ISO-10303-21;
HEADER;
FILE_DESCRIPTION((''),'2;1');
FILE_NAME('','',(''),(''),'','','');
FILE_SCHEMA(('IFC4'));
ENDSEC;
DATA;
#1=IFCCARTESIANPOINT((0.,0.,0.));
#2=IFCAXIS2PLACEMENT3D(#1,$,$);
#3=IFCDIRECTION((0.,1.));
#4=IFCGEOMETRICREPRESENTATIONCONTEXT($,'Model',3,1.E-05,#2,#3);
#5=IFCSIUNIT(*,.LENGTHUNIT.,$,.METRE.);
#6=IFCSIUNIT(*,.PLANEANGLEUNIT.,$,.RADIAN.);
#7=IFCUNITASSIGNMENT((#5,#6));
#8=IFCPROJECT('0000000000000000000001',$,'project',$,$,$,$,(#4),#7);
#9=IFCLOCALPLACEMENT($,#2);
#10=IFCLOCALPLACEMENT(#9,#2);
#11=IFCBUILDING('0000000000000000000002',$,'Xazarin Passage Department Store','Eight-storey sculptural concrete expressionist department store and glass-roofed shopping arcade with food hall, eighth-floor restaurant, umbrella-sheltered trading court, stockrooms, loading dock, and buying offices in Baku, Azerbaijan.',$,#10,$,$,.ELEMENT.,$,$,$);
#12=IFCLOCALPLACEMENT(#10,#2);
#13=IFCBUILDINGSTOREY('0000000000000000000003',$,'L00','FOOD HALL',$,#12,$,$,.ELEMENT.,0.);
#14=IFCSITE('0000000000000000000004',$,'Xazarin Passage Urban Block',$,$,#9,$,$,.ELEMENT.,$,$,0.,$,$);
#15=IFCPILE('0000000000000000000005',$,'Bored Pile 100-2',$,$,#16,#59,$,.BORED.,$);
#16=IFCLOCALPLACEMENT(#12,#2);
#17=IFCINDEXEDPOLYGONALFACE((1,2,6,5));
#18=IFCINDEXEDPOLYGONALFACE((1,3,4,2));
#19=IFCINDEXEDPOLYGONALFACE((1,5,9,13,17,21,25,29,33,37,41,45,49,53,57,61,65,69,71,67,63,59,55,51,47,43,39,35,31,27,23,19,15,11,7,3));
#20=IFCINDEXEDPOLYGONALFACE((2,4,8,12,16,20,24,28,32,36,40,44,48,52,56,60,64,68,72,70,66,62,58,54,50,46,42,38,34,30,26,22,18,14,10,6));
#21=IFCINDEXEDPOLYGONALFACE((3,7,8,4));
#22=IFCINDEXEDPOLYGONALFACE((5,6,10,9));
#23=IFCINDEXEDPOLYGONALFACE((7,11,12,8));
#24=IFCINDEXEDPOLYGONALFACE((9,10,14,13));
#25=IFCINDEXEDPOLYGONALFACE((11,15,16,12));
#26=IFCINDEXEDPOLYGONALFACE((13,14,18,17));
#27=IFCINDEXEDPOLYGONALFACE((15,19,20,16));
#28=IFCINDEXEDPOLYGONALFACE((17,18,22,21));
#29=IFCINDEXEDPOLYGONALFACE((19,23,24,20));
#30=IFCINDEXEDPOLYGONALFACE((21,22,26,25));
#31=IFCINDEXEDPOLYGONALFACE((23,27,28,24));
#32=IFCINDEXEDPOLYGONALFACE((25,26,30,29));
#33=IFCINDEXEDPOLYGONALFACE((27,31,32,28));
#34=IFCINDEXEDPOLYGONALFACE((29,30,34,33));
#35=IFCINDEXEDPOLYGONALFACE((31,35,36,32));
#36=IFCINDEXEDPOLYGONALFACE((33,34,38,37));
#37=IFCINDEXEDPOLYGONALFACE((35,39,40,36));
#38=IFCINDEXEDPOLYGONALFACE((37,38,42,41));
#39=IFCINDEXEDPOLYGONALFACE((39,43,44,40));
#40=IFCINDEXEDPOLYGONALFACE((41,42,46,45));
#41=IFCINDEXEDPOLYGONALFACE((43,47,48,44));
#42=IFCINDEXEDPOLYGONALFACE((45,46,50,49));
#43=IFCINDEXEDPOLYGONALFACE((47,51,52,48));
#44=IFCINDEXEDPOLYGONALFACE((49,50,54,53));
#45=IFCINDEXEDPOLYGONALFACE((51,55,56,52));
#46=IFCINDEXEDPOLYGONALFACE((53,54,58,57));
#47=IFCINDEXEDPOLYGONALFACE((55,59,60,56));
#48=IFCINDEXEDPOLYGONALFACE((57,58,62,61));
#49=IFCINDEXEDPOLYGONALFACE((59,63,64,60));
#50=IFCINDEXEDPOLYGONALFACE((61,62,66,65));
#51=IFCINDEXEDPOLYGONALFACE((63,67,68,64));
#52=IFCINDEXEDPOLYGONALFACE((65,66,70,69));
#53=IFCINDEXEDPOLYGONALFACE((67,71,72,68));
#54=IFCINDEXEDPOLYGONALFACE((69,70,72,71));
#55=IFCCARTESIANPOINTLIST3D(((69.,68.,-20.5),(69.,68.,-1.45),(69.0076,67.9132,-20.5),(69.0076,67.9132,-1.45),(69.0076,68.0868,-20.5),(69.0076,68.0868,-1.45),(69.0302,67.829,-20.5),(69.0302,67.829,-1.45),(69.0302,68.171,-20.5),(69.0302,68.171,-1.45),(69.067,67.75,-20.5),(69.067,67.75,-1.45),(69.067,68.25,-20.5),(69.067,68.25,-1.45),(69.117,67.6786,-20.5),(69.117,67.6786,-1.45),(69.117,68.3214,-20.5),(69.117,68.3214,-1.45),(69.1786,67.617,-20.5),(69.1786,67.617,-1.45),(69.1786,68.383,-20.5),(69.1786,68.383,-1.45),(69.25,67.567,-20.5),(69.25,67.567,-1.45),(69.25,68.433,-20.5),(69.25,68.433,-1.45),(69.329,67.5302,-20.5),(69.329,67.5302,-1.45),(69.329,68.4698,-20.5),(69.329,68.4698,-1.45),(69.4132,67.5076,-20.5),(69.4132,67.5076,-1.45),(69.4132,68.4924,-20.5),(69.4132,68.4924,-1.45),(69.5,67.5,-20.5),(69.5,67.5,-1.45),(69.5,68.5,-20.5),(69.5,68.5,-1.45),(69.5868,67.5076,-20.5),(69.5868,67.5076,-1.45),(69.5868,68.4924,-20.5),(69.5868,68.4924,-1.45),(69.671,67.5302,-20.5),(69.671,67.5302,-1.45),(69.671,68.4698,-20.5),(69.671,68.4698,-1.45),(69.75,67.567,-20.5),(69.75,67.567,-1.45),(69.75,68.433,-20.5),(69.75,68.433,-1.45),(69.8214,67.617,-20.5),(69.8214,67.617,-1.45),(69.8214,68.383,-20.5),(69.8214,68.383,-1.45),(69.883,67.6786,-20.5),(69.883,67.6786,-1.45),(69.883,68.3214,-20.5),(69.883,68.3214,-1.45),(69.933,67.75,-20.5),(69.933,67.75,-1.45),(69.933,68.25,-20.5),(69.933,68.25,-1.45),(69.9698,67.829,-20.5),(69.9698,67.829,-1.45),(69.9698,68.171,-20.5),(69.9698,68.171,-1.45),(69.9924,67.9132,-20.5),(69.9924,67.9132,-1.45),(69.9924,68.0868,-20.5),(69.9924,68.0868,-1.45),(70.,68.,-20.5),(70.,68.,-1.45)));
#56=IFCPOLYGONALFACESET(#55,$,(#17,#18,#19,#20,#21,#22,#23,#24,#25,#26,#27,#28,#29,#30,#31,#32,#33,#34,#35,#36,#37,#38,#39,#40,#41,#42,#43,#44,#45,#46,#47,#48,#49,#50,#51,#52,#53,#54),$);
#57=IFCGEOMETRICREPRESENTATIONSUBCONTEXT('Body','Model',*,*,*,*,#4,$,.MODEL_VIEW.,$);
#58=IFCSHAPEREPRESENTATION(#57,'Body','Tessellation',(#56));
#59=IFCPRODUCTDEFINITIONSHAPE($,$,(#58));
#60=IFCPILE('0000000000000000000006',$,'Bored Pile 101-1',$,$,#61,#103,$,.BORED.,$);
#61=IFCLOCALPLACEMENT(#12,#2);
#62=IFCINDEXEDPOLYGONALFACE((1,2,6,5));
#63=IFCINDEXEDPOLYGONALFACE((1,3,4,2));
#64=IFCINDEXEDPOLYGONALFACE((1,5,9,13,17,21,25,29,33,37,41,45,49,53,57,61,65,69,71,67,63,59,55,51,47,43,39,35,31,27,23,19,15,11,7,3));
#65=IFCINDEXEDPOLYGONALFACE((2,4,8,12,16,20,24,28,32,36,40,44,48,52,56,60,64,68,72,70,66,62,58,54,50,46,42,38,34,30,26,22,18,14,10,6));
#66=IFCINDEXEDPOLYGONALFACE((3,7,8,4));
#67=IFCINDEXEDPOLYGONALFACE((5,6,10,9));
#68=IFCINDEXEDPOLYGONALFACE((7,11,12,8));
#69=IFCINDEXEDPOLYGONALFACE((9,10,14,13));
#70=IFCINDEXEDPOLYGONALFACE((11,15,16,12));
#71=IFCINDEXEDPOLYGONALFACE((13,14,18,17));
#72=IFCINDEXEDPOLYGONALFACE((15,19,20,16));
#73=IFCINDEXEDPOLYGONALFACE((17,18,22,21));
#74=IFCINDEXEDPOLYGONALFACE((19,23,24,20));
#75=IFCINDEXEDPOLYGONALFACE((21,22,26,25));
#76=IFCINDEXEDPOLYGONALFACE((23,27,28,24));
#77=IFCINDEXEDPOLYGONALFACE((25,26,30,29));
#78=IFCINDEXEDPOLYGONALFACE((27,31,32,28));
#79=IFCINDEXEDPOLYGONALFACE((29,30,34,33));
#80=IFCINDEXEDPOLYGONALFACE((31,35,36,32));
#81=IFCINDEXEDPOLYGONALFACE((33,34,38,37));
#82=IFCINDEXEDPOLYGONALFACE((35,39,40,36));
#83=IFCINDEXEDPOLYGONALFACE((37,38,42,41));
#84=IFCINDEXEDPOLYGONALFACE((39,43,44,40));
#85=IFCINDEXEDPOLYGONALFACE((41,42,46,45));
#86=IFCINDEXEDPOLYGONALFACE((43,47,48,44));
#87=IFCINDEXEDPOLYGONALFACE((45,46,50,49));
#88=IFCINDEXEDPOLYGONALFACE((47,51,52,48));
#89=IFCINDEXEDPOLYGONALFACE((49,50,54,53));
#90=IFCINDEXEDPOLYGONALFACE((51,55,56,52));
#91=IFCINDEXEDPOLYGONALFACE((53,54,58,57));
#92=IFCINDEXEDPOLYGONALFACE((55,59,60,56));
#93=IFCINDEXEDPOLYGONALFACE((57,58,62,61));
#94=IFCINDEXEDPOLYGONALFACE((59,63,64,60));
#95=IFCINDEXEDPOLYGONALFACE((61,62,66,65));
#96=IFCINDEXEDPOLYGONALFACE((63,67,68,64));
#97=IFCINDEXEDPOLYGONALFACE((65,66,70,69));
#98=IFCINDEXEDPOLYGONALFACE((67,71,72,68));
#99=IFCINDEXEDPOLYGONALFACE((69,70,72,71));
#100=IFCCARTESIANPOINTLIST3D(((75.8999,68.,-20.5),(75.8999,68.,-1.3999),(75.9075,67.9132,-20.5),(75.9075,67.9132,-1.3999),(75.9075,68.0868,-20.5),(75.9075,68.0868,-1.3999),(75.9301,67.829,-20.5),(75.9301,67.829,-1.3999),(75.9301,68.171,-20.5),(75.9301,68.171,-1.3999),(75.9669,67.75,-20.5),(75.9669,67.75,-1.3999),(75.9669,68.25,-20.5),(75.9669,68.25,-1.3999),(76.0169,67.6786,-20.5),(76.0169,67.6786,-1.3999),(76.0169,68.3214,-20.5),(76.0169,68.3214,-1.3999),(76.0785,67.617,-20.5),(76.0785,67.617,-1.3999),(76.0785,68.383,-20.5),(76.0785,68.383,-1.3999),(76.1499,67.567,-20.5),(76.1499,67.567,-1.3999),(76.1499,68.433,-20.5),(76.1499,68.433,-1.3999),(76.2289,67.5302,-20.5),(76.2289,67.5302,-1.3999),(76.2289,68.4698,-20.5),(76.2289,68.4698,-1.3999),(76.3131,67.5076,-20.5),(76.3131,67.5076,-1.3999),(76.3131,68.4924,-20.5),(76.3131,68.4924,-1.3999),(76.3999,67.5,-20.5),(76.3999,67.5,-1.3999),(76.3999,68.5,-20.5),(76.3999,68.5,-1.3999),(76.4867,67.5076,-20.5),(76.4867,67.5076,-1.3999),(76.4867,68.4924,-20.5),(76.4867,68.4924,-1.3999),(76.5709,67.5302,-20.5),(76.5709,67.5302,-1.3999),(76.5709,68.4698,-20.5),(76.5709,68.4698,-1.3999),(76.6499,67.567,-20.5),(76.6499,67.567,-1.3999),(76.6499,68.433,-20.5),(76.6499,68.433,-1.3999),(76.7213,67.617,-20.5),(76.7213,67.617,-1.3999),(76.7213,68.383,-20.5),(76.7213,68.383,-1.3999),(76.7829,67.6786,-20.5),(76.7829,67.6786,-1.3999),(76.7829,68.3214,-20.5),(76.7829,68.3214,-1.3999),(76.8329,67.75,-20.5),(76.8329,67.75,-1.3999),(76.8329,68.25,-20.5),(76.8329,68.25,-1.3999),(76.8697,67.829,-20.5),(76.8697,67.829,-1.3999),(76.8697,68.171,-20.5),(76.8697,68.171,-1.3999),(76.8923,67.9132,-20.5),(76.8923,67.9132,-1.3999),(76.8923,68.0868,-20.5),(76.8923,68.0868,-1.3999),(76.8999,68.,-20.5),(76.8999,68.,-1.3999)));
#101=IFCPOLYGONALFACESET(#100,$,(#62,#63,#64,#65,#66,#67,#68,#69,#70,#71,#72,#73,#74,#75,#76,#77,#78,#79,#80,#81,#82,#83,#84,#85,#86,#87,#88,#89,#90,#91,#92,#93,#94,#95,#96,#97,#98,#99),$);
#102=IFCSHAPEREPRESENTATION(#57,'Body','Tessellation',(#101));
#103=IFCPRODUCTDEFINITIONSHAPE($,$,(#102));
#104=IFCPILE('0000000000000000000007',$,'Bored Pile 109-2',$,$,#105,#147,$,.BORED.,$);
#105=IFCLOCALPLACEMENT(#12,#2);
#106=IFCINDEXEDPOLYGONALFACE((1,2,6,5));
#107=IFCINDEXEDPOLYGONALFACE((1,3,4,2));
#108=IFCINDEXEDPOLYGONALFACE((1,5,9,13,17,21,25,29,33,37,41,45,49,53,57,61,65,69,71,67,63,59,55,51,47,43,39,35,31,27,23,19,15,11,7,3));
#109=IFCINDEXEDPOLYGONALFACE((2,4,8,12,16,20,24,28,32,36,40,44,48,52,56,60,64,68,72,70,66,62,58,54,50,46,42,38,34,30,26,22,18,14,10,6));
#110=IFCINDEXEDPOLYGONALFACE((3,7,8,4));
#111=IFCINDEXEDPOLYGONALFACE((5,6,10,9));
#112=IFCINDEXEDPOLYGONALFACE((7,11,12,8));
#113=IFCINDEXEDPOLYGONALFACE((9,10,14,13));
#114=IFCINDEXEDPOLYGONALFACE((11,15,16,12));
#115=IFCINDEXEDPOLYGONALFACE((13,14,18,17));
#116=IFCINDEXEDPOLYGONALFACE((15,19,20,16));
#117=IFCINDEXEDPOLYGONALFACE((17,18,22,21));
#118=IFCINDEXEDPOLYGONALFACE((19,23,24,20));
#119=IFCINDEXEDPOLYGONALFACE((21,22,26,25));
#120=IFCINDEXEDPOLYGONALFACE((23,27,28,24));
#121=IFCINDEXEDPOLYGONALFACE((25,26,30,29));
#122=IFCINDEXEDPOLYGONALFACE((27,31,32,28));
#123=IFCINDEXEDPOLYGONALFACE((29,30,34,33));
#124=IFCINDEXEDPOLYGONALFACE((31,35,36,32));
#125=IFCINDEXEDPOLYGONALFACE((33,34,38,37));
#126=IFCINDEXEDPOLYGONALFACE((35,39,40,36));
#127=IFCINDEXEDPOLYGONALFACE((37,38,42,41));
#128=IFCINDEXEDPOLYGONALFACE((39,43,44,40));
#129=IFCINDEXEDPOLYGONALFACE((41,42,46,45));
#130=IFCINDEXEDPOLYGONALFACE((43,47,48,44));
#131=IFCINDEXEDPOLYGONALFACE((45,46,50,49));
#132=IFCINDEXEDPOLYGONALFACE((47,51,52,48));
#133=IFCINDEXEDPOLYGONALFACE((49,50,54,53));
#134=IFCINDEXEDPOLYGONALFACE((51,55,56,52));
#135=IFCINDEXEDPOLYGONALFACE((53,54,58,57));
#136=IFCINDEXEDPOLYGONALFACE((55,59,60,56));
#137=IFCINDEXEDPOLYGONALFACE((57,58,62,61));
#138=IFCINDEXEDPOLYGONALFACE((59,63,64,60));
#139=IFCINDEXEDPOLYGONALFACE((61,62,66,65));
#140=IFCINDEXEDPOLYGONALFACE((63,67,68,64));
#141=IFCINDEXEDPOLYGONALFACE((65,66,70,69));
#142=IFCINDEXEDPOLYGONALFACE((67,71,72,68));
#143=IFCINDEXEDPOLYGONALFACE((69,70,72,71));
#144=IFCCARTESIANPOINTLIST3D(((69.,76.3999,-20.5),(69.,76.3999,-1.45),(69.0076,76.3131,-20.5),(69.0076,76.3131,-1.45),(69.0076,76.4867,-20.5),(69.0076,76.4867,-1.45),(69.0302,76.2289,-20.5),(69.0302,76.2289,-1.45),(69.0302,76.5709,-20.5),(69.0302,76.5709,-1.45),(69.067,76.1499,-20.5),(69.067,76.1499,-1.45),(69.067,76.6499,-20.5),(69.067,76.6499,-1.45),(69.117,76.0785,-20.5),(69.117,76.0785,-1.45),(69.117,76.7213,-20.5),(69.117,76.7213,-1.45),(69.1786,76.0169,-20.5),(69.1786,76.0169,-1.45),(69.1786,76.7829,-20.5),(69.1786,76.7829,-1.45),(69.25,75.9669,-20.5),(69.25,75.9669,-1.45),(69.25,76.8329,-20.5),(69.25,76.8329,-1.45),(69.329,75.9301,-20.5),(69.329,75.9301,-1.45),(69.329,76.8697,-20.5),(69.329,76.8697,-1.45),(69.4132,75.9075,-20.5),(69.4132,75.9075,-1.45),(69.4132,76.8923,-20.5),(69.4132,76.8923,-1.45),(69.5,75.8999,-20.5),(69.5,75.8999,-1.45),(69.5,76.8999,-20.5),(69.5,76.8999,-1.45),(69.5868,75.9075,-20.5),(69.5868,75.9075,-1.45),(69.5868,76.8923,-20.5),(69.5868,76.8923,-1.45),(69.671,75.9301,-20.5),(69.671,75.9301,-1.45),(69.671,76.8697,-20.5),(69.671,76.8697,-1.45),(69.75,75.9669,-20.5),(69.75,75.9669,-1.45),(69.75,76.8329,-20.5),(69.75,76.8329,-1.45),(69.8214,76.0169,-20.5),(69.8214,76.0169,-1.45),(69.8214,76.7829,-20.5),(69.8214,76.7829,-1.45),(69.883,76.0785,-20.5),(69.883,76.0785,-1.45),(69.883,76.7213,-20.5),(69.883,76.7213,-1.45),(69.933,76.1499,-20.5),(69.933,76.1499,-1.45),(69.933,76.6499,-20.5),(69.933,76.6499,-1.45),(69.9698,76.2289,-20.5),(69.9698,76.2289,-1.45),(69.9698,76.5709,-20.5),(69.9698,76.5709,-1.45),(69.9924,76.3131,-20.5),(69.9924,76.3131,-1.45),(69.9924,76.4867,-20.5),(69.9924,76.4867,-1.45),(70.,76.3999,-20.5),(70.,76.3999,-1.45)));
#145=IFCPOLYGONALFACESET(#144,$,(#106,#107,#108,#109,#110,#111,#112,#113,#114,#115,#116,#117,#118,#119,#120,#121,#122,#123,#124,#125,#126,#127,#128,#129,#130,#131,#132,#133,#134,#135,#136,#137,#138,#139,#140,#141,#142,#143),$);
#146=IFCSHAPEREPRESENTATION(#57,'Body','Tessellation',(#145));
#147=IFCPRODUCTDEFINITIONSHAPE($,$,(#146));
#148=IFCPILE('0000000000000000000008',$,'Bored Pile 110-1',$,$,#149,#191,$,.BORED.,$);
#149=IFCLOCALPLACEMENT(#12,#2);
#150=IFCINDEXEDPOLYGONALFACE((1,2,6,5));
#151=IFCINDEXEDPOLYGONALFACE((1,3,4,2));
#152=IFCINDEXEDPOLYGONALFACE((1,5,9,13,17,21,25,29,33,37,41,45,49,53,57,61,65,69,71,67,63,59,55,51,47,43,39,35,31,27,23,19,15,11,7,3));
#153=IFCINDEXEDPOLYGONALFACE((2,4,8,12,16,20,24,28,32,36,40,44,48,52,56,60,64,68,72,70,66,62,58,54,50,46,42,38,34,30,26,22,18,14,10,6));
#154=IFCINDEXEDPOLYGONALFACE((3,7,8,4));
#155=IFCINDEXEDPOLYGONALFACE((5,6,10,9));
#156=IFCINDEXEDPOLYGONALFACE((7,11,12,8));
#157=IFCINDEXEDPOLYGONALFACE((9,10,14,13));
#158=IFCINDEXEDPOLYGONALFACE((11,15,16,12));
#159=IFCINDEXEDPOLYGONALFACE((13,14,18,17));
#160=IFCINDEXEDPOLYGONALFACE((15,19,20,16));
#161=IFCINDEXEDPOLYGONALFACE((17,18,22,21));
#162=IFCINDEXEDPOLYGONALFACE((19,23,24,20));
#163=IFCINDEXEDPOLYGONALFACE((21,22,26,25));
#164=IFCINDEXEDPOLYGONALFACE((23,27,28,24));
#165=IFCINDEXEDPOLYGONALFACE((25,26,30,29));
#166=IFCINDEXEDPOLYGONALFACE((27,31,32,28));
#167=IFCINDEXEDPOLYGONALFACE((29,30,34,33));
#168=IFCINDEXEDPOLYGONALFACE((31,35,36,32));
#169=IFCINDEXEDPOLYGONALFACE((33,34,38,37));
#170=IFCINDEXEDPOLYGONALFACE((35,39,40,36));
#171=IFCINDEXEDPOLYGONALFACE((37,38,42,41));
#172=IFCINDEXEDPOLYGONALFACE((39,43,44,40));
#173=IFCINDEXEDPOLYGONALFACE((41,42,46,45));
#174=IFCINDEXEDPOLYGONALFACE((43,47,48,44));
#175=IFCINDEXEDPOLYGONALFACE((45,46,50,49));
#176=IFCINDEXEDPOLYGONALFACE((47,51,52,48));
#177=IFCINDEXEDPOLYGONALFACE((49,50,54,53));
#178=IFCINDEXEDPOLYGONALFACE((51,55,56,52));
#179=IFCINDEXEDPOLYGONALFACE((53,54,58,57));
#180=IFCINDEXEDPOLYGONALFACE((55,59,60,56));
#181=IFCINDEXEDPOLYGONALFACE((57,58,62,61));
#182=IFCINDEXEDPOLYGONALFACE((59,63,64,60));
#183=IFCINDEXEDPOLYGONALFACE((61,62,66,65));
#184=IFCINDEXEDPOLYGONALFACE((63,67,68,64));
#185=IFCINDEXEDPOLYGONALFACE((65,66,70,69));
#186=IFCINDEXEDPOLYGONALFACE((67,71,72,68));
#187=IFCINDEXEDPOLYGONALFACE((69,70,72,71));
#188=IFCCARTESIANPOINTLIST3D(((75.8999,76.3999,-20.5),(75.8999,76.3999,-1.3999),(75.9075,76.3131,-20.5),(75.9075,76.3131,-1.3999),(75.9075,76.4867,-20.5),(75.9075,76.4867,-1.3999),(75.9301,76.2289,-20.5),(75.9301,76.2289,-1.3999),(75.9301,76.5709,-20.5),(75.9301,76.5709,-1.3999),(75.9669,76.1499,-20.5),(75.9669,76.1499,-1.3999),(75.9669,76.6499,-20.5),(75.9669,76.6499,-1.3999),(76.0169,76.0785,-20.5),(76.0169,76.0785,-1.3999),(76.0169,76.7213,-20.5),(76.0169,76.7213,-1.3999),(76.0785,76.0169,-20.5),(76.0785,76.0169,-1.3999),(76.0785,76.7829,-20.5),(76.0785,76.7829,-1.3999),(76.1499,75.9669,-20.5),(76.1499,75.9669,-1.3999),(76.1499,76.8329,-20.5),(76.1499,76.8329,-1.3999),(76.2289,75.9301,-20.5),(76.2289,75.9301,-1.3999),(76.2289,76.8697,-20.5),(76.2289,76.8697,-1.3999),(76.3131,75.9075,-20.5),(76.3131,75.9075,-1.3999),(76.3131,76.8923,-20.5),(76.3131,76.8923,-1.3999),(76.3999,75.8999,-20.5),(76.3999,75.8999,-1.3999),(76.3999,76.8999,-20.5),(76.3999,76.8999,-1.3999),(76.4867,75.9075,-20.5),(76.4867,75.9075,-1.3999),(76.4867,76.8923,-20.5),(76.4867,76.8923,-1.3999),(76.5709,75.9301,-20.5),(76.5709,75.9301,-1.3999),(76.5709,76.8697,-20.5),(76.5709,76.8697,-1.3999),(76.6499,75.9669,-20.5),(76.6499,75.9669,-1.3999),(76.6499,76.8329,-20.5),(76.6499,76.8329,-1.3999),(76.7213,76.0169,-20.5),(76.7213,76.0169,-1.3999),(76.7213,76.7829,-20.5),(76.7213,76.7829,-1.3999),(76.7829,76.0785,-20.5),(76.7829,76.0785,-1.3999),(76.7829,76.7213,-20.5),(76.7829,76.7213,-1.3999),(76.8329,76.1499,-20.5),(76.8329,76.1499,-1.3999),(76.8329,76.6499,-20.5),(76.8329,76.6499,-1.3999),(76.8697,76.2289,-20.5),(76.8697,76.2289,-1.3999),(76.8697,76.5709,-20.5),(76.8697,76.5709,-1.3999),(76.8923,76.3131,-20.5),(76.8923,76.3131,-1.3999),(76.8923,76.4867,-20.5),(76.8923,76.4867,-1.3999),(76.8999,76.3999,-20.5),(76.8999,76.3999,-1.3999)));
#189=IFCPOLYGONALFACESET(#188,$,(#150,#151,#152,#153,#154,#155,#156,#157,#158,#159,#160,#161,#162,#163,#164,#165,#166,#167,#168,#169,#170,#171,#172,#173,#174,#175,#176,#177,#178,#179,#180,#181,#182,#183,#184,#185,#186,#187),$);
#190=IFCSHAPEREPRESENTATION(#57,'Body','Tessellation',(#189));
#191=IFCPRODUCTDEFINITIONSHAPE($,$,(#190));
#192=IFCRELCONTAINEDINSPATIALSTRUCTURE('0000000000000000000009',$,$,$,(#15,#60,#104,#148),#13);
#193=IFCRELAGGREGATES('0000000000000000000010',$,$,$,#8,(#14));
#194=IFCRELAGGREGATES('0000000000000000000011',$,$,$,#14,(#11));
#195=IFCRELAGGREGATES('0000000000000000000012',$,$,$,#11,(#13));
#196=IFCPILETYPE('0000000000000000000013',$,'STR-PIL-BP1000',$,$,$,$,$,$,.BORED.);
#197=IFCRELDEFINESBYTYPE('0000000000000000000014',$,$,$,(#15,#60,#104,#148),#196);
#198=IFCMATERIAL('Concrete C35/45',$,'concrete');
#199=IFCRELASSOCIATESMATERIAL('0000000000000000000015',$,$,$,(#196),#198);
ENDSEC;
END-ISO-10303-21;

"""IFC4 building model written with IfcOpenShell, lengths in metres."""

from ifc_helpers import new_model, si_unit, direction, frame, origin, origin_2d, place, context, subcontext, project, spatial, circle, extrude, material, material_profile, profile_set, type_object, element, save


model = new_model("IFC4")

# Units and contexts
model_context = context("Model", 3, precision=1e-05, world=origin(), true_north=direction((0.0, 1.0)))
body_context = subcontext(model_context, "Body", "Model", "MODEL_VIEW")
ifc_project = project(units=[si_unit("LENGTHUNIT", "METRE"), si_unit("PLANEANGLEUNIT", "RADIAN")], contexts=[model_context])

# Site, building, storey
site_placement = place(None, origin())
site = spatial("IfcSite", under=ifc_project, at=site_placement, Name="Xazarin Passage Urban Block", CompositionType="ELEMENT", RefElevation=0.0)
building_placement = place(site_placement, origin())
building = spatial("IfcBuilding", under=site, at=building_placement, Name="Xazarin Passage Department Store", Description="Eight-storey sculptural concrete expressionist department store and glass-roofed shopping arcade with food hall, eighth-floor restaurant, umbrella-sheltered trading court, stockrooms, loading dock, and buying offices in Baku, Azerbaijan.", CompositionType="ELEMENT")
storey_placement = place(building_placement, origin())
storey = spatial("IfcBuildingStorey", under=building, at=storey_placement, Name="L00", Description="FOOD HALL", CompositionType="ELEMENT", Elevation=0.0)

# Shared definitions
ifc_material_1 = material(Name="Concrete C35/45", Category="concrete")

# Piles
ifc_material_profile_1 = material_profile(ifc_material_1, circle(Radius=0.5, at=origin_2d()), Name="BP 1000")
ifc_profile_set_1 = profile_set([ifc_material_profile_1], Name="Concrete C35/45")
pile_type_1 = type_object("IfcPileType", Name="STR-PIL-BP1000", PredefinedType="BORED", material=ifc_profile_set_1)
for number, where, z_axis, x_axis, name in (
    (1, (69.5, 68.0, -1.45), (0.0, 0.0, -1.0), (1.0, 0.0, 0.0), "Bored Pile 100-2"),
):
    element("IfcPile", number, at=place(storey_placement, frame(where, z_axis=z_axis, x_axis=x_axis)), inside=storey, type_object=pile_type_1, Name=name, PredefinedType="BORED", context=body_context, shape_type="SweptSolid", body=[
        extrude(circle(Radius=0.5, at=origin_2d()), origin(), (0.0, 0.0, 1.0), 19.05),
    ])
pile_1_placement = place(storey_placement, frame((76.3999, 68.0, -1.3999), z_axis=(0.0, 0.0, -1.0), x_axis=(1.0, 0.0, 0.0)))
element("IfcPile", 2, at=pile_1_placement, inside=storey, type_object=pile_type_1, Name="Bored Pile 101-1", PredefinedType="BORED", context=body_context, shape_type="SweptSolid", body=[
    extrude(circle(Radius=0.5, at=origin_2d()), origin(), (0.0, 0.0, 1.0), 19.1001),
])
pile_2_placement = place(storey_placement, frame((69.5, 76.3999, -1.45), z_axis=(0.0, 0.0, -1.0), x_axis=(1.0, 0.0, 0.0)))
element("IfcPile", 3, at=pile_2_placement, inside=storey, type_object=pile_type_1, Name="Bored Pile 109-2", PredefinedType="BORED", context=body_context, shape_type="SweptSolid", body=[
    extrude(circle(Radius=0.5, at=origin_2d()), origin(), (0.0, 0.0, 1.0), 19.05),
])
pile_3_placement = place(storey_placement, frame((76.3999, 76.3999, -1.3999), z_axis=(0.0, 0.0, -1.0), x_axis=(1.0, 0.0, 0.0)))
element("IfcPile", 4, at=pile_3_placement, inside=storey, type_object=pile_type_1, Name="Bored Pile 110-1", PredefinedType="BORED", context=body_context, shape_type="SweptSolid", body=[
    extrude(circle(Radius=0.5, at=origin_2d()), origin(), (0.0, 0.0, 1.0), 19.1001),
])

save(model, "model.ifc")
